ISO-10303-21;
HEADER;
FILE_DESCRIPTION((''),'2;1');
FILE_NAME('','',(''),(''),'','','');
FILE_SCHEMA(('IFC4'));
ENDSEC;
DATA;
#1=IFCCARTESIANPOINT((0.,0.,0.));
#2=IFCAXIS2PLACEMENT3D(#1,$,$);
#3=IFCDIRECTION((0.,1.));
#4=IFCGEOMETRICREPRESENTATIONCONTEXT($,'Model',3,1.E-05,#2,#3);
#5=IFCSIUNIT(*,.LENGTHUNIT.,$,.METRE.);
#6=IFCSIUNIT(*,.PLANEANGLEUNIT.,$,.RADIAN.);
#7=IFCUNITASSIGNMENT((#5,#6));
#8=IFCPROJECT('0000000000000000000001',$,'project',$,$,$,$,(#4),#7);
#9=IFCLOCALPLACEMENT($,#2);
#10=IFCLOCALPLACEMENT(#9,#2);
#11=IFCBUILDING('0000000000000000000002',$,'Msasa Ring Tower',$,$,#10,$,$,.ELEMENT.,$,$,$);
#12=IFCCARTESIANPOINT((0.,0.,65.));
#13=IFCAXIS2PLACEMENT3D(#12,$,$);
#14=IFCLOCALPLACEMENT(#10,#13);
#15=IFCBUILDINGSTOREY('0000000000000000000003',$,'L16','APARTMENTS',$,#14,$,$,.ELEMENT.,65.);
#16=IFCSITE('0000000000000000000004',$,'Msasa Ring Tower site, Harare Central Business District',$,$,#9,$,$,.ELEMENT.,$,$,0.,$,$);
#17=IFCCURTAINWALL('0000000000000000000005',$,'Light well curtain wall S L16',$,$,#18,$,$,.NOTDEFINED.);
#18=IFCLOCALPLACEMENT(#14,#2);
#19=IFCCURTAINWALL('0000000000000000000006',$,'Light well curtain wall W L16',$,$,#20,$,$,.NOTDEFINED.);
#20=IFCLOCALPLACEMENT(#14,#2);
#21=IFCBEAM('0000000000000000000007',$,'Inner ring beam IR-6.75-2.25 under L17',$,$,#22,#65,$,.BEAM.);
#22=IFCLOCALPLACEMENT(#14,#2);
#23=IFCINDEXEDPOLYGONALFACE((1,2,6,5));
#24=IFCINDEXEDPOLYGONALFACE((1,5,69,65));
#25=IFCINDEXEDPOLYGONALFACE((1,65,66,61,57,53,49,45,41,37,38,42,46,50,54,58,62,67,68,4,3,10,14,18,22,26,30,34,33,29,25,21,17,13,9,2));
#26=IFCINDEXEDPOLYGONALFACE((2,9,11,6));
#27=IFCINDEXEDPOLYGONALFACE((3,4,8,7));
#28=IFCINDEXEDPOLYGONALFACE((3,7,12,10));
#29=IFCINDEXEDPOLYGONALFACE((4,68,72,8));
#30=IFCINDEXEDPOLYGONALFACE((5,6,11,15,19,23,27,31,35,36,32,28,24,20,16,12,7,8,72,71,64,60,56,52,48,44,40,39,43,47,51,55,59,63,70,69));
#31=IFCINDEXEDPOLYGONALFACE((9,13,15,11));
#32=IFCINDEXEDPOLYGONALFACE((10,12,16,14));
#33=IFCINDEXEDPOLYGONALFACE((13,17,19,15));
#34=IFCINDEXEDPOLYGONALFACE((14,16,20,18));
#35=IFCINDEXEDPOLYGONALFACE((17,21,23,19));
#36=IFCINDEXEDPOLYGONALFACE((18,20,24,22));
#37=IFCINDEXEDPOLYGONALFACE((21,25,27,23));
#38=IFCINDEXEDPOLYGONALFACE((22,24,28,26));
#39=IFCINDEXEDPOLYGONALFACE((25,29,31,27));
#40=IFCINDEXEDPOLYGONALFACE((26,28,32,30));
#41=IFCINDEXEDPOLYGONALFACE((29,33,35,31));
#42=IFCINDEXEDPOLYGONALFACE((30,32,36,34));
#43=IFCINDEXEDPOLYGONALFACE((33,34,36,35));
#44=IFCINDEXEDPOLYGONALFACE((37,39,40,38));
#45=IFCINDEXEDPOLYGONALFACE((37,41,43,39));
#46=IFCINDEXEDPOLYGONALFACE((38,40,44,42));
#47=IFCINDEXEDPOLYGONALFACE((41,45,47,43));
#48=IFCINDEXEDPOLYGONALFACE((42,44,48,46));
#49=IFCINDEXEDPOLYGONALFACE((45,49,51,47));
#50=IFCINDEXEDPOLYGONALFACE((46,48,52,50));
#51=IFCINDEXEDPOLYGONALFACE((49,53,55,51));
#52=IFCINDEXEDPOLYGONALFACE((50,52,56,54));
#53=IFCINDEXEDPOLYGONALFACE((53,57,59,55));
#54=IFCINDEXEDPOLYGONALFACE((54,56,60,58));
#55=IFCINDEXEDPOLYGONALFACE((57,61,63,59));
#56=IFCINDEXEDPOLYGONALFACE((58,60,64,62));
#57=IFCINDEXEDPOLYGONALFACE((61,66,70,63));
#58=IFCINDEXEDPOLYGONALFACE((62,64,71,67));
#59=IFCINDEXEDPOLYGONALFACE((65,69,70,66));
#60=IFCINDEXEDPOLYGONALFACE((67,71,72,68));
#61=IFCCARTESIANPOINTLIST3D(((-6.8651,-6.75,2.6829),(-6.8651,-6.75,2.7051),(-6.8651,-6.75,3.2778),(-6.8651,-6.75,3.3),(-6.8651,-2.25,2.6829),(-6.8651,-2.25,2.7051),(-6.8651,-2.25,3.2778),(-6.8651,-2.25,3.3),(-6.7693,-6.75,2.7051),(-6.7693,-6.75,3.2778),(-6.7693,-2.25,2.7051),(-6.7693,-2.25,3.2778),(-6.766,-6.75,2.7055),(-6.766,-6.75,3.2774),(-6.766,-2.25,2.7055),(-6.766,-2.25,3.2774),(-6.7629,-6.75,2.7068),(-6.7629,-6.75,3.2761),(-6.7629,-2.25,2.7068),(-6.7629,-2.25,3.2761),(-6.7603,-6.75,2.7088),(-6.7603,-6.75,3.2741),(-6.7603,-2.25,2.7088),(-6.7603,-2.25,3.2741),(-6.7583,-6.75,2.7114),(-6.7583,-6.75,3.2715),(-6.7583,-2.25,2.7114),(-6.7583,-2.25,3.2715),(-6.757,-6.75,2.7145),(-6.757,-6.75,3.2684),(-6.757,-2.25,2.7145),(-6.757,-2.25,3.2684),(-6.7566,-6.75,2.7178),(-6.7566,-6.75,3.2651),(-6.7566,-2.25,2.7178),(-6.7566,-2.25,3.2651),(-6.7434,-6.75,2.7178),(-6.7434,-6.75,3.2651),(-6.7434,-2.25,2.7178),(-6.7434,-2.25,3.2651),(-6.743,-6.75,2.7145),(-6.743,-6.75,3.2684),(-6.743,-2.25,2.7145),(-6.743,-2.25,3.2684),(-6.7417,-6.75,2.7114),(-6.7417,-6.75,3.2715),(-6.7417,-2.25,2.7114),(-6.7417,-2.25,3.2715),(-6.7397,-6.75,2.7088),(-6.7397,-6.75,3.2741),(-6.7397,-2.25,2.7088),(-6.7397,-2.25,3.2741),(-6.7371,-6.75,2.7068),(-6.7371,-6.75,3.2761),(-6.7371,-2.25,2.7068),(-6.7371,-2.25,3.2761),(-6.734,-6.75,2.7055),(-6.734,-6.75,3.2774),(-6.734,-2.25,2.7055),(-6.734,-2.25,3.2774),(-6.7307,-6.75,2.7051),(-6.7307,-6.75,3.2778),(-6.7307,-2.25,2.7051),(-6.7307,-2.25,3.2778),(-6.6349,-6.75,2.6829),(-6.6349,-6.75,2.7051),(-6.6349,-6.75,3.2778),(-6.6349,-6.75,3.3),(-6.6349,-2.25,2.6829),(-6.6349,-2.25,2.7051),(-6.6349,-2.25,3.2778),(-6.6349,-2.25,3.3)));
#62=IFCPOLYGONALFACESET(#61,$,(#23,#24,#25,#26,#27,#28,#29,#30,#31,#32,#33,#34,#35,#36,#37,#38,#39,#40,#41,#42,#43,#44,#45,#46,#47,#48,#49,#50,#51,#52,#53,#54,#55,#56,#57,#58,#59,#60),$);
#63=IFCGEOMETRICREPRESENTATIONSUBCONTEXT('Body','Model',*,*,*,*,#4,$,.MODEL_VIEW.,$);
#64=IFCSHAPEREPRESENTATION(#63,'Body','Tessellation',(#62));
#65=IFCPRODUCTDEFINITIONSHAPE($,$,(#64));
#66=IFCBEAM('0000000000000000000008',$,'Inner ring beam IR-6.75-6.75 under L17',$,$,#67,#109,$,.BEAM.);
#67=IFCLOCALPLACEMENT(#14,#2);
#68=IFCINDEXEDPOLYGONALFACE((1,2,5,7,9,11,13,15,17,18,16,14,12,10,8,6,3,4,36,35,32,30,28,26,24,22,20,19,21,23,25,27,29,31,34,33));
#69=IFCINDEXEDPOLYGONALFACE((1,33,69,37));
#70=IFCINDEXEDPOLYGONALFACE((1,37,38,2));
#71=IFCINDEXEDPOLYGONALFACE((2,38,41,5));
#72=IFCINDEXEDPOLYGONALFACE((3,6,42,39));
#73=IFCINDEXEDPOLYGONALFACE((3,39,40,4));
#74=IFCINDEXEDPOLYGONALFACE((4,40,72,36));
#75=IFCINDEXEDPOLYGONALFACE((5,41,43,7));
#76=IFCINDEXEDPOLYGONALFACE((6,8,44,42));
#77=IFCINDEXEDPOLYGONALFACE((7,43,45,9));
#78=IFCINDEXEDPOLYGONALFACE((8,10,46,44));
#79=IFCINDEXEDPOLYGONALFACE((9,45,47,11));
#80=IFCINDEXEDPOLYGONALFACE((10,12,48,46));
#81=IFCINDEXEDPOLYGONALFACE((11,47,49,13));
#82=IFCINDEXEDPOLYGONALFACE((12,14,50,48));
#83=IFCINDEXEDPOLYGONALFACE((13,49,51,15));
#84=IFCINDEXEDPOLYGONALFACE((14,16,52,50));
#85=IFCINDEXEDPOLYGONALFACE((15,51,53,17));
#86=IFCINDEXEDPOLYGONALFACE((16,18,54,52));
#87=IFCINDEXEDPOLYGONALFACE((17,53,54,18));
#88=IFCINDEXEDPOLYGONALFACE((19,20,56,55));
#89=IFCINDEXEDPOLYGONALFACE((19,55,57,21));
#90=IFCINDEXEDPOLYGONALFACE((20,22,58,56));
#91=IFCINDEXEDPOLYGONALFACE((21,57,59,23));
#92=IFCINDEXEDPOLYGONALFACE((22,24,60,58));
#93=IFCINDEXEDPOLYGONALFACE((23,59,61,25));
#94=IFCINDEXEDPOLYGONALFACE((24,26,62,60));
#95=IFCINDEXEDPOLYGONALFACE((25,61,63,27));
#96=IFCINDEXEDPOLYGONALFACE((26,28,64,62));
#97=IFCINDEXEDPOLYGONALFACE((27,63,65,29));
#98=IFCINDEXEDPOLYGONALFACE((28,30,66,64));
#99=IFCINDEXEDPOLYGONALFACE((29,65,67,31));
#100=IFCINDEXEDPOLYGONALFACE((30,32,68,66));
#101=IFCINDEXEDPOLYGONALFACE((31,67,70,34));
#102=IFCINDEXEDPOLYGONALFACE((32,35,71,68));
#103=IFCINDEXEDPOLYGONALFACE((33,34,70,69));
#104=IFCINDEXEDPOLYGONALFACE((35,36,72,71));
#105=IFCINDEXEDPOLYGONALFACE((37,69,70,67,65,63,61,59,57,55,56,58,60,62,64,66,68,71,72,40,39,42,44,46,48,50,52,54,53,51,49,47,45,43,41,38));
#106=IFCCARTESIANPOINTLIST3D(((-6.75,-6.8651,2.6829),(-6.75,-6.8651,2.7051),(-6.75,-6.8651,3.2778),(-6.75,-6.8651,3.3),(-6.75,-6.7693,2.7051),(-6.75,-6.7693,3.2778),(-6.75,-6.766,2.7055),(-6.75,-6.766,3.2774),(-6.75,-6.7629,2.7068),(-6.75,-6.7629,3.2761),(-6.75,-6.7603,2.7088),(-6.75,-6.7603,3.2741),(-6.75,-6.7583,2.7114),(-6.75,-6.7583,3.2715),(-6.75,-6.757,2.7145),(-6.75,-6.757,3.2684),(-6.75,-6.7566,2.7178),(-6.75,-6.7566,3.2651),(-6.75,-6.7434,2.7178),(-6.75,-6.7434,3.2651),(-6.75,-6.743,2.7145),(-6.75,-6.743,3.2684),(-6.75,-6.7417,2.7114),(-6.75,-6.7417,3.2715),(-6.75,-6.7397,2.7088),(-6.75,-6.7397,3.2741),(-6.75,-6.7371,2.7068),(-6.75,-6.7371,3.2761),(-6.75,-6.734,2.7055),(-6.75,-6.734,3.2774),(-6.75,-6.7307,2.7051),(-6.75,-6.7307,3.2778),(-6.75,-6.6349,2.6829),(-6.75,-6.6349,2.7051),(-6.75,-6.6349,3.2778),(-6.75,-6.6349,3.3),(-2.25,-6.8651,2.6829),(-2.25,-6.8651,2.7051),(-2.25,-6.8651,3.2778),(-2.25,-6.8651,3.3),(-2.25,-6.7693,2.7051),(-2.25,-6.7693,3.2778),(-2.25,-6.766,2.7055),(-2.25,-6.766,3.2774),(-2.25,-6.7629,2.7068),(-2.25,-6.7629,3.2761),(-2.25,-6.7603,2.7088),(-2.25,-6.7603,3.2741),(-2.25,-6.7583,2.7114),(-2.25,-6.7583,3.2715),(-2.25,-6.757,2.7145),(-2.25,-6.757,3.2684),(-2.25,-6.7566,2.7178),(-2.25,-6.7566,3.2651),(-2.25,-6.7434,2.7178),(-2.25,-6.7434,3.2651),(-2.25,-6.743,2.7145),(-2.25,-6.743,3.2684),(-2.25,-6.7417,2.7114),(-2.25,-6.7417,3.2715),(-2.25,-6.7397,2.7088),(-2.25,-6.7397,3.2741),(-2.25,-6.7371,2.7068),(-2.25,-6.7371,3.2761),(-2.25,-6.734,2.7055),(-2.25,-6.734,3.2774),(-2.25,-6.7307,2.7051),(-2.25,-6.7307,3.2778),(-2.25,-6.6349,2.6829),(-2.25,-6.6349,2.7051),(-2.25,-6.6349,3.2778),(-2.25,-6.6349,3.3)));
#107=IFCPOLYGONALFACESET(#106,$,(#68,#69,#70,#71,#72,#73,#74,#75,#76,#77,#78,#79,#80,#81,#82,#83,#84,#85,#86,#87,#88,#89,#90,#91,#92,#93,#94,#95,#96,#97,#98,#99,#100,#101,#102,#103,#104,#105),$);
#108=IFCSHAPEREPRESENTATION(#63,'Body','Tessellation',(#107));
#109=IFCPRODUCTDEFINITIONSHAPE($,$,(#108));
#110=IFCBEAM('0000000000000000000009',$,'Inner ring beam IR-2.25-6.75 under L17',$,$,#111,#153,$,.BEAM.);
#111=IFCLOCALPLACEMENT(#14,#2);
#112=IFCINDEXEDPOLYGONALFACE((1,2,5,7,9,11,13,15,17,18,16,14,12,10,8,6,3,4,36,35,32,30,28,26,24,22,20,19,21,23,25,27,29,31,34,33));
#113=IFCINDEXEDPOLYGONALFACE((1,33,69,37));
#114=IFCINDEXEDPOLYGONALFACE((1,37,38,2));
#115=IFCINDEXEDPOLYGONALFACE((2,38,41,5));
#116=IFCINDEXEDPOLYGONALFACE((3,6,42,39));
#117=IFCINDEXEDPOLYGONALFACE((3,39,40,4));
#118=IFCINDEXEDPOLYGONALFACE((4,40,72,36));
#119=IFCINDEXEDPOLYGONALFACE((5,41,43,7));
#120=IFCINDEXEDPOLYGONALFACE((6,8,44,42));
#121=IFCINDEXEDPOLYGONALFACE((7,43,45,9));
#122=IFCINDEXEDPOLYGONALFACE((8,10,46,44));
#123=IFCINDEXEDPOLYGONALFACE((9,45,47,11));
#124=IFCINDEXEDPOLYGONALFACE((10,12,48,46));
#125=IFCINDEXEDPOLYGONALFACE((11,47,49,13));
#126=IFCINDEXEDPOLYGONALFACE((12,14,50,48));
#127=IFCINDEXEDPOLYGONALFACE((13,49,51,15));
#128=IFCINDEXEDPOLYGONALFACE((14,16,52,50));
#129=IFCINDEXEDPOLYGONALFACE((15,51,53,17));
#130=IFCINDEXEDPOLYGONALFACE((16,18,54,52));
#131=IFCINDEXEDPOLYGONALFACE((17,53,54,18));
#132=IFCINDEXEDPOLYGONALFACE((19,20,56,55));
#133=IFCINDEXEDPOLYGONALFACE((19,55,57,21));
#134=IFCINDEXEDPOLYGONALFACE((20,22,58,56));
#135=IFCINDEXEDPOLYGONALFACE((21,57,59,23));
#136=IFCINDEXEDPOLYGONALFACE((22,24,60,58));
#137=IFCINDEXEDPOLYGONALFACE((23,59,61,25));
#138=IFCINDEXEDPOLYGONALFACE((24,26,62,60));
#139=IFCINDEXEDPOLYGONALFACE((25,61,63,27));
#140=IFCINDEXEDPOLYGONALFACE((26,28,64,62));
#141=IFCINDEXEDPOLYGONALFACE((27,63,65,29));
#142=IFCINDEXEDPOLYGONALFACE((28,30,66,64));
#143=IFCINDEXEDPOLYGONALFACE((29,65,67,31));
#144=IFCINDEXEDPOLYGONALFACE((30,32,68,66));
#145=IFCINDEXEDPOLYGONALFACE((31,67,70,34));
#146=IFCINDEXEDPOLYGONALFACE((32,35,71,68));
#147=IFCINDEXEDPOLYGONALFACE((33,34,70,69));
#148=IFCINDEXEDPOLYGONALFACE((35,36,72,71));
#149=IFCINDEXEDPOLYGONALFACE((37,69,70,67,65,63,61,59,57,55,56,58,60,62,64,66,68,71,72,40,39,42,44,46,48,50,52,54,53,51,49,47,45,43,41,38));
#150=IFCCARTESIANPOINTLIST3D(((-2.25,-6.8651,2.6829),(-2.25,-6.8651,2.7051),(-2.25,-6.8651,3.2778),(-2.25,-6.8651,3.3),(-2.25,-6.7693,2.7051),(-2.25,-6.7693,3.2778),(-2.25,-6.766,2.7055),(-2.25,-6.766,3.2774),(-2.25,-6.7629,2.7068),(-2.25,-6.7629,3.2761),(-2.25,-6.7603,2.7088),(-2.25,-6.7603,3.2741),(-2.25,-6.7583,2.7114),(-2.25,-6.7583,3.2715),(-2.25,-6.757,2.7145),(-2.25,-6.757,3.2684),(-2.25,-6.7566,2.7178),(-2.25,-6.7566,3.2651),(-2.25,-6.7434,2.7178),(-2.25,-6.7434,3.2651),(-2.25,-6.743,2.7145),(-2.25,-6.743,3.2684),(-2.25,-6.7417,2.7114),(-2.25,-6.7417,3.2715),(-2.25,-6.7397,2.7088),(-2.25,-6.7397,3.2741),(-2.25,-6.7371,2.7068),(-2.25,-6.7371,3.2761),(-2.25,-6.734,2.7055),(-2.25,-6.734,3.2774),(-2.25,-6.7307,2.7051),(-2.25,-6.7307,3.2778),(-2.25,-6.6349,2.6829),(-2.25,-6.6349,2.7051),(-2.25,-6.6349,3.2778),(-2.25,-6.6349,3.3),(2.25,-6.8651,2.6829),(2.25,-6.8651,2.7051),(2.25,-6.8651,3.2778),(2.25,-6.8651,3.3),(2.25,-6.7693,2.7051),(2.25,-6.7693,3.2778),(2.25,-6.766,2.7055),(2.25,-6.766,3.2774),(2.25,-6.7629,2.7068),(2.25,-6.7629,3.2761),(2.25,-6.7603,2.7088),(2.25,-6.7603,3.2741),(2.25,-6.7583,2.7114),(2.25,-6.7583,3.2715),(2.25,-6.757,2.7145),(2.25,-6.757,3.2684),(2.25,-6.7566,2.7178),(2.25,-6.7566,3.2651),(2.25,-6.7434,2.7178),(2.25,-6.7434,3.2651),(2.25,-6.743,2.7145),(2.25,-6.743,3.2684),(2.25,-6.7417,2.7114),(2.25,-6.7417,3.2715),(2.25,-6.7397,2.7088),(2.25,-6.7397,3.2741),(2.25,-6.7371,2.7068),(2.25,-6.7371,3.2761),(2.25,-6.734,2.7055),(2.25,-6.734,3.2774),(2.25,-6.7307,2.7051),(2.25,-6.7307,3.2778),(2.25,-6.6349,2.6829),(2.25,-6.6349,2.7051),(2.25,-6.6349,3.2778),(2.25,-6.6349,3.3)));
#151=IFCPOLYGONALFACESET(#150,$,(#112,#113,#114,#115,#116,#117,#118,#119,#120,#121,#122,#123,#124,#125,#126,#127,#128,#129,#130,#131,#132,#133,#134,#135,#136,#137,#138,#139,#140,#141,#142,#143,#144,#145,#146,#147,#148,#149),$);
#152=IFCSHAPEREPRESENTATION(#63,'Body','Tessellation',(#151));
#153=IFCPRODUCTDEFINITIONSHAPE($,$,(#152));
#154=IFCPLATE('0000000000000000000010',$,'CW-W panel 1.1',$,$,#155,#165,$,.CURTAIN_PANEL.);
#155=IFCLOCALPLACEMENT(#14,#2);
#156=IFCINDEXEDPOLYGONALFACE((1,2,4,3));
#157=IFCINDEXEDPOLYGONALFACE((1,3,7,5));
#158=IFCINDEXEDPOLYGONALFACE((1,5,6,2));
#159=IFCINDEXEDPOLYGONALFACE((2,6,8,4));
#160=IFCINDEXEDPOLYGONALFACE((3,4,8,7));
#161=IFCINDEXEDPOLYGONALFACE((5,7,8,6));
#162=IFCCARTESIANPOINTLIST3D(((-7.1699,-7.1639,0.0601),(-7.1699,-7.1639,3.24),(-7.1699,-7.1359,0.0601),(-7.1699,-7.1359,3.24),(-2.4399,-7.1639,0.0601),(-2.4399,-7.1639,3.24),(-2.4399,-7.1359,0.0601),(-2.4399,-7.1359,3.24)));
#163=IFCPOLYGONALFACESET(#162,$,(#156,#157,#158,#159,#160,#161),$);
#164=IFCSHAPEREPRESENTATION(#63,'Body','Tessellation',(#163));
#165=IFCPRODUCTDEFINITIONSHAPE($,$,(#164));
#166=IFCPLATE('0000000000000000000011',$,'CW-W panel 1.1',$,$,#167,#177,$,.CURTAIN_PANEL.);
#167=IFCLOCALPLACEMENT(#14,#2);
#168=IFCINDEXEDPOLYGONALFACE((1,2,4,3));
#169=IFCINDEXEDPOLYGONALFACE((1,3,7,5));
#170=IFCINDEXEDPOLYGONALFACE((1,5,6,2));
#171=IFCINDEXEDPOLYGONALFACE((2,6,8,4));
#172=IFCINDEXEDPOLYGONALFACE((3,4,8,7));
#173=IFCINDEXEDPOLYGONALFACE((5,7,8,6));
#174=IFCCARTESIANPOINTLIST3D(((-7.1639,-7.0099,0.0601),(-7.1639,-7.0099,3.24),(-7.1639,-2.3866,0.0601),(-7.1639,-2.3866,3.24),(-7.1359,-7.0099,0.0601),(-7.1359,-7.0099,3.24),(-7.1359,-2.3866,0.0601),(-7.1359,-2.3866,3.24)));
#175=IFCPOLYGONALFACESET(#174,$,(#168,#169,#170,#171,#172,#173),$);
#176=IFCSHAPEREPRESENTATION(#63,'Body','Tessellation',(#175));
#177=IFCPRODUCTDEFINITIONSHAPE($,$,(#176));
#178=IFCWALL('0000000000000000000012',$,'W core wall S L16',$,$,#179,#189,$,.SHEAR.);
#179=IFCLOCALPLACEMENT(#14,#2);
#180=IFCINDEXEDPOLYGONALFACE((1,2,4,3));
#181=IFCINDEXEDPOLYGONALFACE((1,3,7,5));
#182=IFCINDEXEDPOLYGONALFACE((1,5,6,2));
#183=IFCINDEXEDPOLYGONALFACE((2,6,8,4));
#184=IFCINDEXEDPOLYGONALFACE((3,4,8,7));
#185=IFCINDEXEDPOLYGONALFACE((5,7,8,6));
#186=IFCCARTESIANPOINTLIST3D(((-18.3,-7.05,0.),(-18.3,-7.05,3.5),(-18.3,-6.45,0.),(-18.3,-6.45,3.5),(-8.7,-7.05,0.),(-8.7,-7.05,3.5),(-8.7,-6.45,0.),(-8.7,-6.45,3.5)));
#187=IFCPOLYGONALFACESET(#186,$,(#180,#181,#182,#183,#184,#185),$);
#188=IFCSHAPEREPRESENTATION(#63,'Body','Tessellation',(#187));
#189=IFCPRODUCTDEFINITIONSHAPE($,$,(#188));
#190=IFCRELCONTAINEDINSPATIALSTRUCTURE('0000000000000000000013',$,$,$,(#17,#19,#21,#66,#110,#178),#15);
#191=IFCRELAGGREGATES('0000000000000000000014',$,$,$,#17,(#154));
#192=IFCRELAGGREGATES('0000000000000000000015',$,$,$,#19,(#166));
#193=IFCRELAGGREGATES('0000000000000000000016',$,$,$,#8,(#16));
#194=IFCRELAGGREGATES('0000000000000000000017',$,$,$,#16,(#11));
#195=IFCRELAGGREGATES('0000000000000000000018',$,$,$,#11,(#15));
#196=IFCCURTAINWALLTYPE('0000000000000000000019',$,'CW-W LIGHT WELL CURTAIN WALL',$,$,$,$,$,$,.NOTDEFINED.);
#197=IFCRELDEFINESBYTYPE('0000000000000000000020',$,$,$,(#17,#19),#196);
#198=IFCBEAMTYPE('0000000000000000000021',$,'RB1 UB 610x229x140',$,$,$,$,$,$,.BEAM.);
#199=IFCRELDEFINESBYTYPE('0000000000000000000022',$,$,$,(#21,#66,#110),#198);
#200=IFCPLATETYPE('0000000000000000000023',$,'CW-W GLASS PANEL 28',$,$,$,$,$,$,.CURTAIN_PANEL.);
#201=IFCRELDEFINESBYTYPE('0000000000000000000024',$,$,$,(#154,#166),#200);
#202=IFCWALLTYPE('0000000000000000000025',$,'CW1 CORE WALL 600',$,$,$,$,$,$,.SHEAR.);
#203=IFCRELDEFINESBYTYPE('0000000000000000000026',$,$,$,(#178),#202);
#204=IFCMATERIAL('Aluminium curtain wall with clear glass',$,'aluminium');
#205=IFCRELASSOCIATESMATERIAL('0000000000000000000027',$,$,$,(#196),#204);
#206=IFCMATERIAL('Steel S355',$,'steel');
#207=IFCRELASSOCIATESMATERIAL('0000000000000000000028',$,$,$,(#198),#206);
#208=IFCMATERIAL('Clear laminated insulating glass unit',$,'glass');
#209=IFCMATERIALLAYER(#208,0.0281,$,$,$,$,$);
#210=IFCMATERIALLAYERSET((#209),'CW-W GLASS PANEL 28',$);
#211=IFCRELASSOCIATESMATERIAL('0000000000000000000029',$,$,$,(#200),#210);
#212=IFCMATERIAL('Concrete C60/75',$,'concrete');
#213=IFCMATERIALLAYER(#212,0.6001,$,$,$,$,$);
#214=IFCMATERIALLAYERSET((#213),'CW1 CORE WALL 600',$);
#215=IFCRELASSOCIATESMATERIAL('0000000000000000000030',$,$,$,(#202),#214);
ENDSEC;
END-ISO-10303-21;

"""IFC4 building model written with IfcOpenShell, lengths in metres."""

from ifc_helpers import new_model, si_unit, direction, frame, frame_2d, origin, origin_2d, place, context, subcontext, project, spatial, rectangle, i_section, extrude, material, layer, layer_set, material_profile, profile_set, type_object, element, aggregate, save


model = new_model("IFC4")

# Units and contexts
model_context = context("Model", 3, precision=1e-05, world=origin(), true_north=direction((0.0, 1.0)))
body_context = subcontext(model_context, "Body", "Model", "MODEL_VIEW")
ifc_project = project(units=[si_unit("LENGTHUNIT", "METRE"), si_unit("PLANEANGLEUNIT", "RADIAN")], contexts=[model_context])

# Site, building, storey
site_placement = place(None, origin())
site = spatial("IfcSite", under=ifc_project, at=site_placement, Name="Msasa Ring Tower site, Harare Central Business District", CompositionType="ELEMENT", RefElevation=0.0)
building_placement = place(site_placement, origin())
building = spatial("IfcBuilding", under=site, at=building_placement, Name="Msasa Ring Tower", CompositionType="ELEMENT")
storey_placement = place(building_placement, frame((0.0, 0.0, 65.0)))
storey = spatial("IfcBuildingStorey", under=building, at=storey_placement, Name="L16", Description="APARTMENTS", CompositionType="ELEMENT", Elevation=65.0)

# Curtain wall
ifc_material_1 = material(Name="Aluminium curtain wall with clear glass", Category="aluminium")
curtain_wall_type = type_object("IfcCurtainWallType", Name="CW-W LIGHT WELL CURTAIN WALL", PredefinedType="NOTDEFINED", material=ifc_material_1)
curtain_wall_1_placement = place(storey_placement, origin())
curtain_wall_1 = element("IfcCurtainWall", 1, at=curtain_wall_1_placement, inside=storey, type_object=curtain_wall_type, Name="Light well curtain wall S L16", PredefinedType="NOTDEFINED")

# Curtain wall
curtain_wall_2_placement = place(storey_placement, origin())
curtain_wall_2 = element("IfcCurtainWall", 2, at=curtain_wall_2_placement, inside=storey, type_object=curtain_wall_type, Name="Light well curtain wall W L16", PredefinedType="NOTDEFINED")

# Beams
ifc_material_2 = material(Name="Steel S355", Category="steel")
ifc_material_profile_1 = material_profile(ifc_material_2, i_section(OverallWidth=0.2302, OverallDepth=0.6172, WebThickness=0.0132, FlangeThickness=0.0222, FilletRadius=0.0127, at=origin_2d()), Name="UB 610x229x140")
ifc_profile_set_1 = profile_set([ifc_material_profile_1], Name="Steel S355")
beam_type = type_object("IfcBeamType", Name="RB1 UB 610x229x140", PredefinedType="BEAM", material=ifc_profile_set_1)
for number, where, z_axis, x_axis, name in (
    (3, (-6.75, -2.25, 2.9915), (0.0, -1.0, 0.0), (1.0, 0.0, 0.0), "Inner ring beam IR-6.75-2.25 under L17"),
    (4, (-6.75, -6.75, 2.9915), (1.0, 0.0, 0.0), (0.0, 1.0, 0.0), "Inner ring beam IR-6.75-6.75 under L17"),
    (5, (-2.25, -6.75, 2.9915), (1.0, 0.0, 0.0), (0.0, 1.0, 0.0), "Inner ring beam IR-2.25-6.75 under L17"),
):
    element("IfcBeam", number, at=place(storey_placement, frame(where, z_axis=z_axis, x_axis=x_axis)), inside=storey, type_object=beam_type, Name=name, PredefinedType="BEAM", context=body_context, shape_type="SweptSolid", body=[
        extrude(i_section(OverallWidth=0.2302, OverallDepth=0.6172, WebThickness=0.0132, FlangeThickness=0.0222, FilletRadius=0.0127, at=origin_2d()), origin(), (0.0, 0.0, 1.0), 4.5),
    ])

# Plates
ifc_material_3 = material(Name="Clear laminated insulating glass unit", Category="glass")
ifc_layer_1 = layer(ifc_material_3, 0.0281)
ifc_layer_set_1 = layer_set([ifc_layer_1], Name="CW-W GLASS PANEL 28")
plate_type = type_object("IfcPlateType", Name="CW-W GLASS PANEL 28", PredefinedType="CURTAIN_PANEL", material=ifc_layer_set_1)
plate_1_placement = place(storey_placement, frame((-4.8049, -7.1499, 0.0601), z_axis=(0.0, 0.0, 1.0), x_axis=(1.0, 0.0, 0.0)))
plate_1 = element("IfcPlate", 6, at=plate_1_placement, type_object=plate_type, Name="CW-W panel 1.1", PredefinedType="CURTAIN_PANEL", context=body_context, shape_type="SweptSolid", body=[
    extrude(rectangle(XDim=4.73, YDim=0.0281, at=origin_2d()), origin(), (0.0, 0.0, 1.0), 3.1799),
])
aggregate(curtain_wall_1, [plate_1])
plate_2_placement = place(storey_placement, frame((-7.1499, -4.6982, 0.0601), z_axis=(0.0, 0.0, 1.0), x_axis=(0.0, 1.0, 0.0)))
plate_2 = element("IfcPlate", 7, at=plate_2_placement, type_object=plate_type, Name="CW-W panel 1.1", PredefinedType="CURTAIN_PANEL", context=body_context, shape_type="SweptSolid", body=[
    extrude(rectangle(XDim=4.6233, YDim=0.0281, at=origin_2d()), origin(), (0.0, 0.0, 1.0), 3.1799),
])
aggregate(curtain_wall_2, [plate_2])

# Wall
ifc_material_4 = material(Name="Concrete C60/75", Category="concrete")
ifc_layer_2 = layer(ifc_material_4, 0.6001)
ifc_layer_set_2 = layer_set([ifc_layer_2], Name="CW1 CORE WALL 600")
wall_type_1 = type_object("IfcWallType", Name="CW1 CORE WALL 600", PredefinedType="SHEAR", material=ifc_layer_set_2)
wall_1_placement = place(storey_placement, frame((-8.7, -6.75, 0.0), z_axis=(0.0, 0.0, 1.0), x_axis=(-1.0, 0.0, 0.0)))
element("IfcWall", 8, at=wall_1_placement, inside=storey, type_object=wall_type_1, Name="W core wall S L16", PredefinedType="SHEAR", context=body_context, shape_type="SweptSolid", body=[
    extrude(rectangle(XDim=9.6001, YDim=0.6001, at=frame_2d((4.8, 0.0))), origin(), (0.0, 0.0, 1.0), 3.5),
])

save(model, "model.ifc")
